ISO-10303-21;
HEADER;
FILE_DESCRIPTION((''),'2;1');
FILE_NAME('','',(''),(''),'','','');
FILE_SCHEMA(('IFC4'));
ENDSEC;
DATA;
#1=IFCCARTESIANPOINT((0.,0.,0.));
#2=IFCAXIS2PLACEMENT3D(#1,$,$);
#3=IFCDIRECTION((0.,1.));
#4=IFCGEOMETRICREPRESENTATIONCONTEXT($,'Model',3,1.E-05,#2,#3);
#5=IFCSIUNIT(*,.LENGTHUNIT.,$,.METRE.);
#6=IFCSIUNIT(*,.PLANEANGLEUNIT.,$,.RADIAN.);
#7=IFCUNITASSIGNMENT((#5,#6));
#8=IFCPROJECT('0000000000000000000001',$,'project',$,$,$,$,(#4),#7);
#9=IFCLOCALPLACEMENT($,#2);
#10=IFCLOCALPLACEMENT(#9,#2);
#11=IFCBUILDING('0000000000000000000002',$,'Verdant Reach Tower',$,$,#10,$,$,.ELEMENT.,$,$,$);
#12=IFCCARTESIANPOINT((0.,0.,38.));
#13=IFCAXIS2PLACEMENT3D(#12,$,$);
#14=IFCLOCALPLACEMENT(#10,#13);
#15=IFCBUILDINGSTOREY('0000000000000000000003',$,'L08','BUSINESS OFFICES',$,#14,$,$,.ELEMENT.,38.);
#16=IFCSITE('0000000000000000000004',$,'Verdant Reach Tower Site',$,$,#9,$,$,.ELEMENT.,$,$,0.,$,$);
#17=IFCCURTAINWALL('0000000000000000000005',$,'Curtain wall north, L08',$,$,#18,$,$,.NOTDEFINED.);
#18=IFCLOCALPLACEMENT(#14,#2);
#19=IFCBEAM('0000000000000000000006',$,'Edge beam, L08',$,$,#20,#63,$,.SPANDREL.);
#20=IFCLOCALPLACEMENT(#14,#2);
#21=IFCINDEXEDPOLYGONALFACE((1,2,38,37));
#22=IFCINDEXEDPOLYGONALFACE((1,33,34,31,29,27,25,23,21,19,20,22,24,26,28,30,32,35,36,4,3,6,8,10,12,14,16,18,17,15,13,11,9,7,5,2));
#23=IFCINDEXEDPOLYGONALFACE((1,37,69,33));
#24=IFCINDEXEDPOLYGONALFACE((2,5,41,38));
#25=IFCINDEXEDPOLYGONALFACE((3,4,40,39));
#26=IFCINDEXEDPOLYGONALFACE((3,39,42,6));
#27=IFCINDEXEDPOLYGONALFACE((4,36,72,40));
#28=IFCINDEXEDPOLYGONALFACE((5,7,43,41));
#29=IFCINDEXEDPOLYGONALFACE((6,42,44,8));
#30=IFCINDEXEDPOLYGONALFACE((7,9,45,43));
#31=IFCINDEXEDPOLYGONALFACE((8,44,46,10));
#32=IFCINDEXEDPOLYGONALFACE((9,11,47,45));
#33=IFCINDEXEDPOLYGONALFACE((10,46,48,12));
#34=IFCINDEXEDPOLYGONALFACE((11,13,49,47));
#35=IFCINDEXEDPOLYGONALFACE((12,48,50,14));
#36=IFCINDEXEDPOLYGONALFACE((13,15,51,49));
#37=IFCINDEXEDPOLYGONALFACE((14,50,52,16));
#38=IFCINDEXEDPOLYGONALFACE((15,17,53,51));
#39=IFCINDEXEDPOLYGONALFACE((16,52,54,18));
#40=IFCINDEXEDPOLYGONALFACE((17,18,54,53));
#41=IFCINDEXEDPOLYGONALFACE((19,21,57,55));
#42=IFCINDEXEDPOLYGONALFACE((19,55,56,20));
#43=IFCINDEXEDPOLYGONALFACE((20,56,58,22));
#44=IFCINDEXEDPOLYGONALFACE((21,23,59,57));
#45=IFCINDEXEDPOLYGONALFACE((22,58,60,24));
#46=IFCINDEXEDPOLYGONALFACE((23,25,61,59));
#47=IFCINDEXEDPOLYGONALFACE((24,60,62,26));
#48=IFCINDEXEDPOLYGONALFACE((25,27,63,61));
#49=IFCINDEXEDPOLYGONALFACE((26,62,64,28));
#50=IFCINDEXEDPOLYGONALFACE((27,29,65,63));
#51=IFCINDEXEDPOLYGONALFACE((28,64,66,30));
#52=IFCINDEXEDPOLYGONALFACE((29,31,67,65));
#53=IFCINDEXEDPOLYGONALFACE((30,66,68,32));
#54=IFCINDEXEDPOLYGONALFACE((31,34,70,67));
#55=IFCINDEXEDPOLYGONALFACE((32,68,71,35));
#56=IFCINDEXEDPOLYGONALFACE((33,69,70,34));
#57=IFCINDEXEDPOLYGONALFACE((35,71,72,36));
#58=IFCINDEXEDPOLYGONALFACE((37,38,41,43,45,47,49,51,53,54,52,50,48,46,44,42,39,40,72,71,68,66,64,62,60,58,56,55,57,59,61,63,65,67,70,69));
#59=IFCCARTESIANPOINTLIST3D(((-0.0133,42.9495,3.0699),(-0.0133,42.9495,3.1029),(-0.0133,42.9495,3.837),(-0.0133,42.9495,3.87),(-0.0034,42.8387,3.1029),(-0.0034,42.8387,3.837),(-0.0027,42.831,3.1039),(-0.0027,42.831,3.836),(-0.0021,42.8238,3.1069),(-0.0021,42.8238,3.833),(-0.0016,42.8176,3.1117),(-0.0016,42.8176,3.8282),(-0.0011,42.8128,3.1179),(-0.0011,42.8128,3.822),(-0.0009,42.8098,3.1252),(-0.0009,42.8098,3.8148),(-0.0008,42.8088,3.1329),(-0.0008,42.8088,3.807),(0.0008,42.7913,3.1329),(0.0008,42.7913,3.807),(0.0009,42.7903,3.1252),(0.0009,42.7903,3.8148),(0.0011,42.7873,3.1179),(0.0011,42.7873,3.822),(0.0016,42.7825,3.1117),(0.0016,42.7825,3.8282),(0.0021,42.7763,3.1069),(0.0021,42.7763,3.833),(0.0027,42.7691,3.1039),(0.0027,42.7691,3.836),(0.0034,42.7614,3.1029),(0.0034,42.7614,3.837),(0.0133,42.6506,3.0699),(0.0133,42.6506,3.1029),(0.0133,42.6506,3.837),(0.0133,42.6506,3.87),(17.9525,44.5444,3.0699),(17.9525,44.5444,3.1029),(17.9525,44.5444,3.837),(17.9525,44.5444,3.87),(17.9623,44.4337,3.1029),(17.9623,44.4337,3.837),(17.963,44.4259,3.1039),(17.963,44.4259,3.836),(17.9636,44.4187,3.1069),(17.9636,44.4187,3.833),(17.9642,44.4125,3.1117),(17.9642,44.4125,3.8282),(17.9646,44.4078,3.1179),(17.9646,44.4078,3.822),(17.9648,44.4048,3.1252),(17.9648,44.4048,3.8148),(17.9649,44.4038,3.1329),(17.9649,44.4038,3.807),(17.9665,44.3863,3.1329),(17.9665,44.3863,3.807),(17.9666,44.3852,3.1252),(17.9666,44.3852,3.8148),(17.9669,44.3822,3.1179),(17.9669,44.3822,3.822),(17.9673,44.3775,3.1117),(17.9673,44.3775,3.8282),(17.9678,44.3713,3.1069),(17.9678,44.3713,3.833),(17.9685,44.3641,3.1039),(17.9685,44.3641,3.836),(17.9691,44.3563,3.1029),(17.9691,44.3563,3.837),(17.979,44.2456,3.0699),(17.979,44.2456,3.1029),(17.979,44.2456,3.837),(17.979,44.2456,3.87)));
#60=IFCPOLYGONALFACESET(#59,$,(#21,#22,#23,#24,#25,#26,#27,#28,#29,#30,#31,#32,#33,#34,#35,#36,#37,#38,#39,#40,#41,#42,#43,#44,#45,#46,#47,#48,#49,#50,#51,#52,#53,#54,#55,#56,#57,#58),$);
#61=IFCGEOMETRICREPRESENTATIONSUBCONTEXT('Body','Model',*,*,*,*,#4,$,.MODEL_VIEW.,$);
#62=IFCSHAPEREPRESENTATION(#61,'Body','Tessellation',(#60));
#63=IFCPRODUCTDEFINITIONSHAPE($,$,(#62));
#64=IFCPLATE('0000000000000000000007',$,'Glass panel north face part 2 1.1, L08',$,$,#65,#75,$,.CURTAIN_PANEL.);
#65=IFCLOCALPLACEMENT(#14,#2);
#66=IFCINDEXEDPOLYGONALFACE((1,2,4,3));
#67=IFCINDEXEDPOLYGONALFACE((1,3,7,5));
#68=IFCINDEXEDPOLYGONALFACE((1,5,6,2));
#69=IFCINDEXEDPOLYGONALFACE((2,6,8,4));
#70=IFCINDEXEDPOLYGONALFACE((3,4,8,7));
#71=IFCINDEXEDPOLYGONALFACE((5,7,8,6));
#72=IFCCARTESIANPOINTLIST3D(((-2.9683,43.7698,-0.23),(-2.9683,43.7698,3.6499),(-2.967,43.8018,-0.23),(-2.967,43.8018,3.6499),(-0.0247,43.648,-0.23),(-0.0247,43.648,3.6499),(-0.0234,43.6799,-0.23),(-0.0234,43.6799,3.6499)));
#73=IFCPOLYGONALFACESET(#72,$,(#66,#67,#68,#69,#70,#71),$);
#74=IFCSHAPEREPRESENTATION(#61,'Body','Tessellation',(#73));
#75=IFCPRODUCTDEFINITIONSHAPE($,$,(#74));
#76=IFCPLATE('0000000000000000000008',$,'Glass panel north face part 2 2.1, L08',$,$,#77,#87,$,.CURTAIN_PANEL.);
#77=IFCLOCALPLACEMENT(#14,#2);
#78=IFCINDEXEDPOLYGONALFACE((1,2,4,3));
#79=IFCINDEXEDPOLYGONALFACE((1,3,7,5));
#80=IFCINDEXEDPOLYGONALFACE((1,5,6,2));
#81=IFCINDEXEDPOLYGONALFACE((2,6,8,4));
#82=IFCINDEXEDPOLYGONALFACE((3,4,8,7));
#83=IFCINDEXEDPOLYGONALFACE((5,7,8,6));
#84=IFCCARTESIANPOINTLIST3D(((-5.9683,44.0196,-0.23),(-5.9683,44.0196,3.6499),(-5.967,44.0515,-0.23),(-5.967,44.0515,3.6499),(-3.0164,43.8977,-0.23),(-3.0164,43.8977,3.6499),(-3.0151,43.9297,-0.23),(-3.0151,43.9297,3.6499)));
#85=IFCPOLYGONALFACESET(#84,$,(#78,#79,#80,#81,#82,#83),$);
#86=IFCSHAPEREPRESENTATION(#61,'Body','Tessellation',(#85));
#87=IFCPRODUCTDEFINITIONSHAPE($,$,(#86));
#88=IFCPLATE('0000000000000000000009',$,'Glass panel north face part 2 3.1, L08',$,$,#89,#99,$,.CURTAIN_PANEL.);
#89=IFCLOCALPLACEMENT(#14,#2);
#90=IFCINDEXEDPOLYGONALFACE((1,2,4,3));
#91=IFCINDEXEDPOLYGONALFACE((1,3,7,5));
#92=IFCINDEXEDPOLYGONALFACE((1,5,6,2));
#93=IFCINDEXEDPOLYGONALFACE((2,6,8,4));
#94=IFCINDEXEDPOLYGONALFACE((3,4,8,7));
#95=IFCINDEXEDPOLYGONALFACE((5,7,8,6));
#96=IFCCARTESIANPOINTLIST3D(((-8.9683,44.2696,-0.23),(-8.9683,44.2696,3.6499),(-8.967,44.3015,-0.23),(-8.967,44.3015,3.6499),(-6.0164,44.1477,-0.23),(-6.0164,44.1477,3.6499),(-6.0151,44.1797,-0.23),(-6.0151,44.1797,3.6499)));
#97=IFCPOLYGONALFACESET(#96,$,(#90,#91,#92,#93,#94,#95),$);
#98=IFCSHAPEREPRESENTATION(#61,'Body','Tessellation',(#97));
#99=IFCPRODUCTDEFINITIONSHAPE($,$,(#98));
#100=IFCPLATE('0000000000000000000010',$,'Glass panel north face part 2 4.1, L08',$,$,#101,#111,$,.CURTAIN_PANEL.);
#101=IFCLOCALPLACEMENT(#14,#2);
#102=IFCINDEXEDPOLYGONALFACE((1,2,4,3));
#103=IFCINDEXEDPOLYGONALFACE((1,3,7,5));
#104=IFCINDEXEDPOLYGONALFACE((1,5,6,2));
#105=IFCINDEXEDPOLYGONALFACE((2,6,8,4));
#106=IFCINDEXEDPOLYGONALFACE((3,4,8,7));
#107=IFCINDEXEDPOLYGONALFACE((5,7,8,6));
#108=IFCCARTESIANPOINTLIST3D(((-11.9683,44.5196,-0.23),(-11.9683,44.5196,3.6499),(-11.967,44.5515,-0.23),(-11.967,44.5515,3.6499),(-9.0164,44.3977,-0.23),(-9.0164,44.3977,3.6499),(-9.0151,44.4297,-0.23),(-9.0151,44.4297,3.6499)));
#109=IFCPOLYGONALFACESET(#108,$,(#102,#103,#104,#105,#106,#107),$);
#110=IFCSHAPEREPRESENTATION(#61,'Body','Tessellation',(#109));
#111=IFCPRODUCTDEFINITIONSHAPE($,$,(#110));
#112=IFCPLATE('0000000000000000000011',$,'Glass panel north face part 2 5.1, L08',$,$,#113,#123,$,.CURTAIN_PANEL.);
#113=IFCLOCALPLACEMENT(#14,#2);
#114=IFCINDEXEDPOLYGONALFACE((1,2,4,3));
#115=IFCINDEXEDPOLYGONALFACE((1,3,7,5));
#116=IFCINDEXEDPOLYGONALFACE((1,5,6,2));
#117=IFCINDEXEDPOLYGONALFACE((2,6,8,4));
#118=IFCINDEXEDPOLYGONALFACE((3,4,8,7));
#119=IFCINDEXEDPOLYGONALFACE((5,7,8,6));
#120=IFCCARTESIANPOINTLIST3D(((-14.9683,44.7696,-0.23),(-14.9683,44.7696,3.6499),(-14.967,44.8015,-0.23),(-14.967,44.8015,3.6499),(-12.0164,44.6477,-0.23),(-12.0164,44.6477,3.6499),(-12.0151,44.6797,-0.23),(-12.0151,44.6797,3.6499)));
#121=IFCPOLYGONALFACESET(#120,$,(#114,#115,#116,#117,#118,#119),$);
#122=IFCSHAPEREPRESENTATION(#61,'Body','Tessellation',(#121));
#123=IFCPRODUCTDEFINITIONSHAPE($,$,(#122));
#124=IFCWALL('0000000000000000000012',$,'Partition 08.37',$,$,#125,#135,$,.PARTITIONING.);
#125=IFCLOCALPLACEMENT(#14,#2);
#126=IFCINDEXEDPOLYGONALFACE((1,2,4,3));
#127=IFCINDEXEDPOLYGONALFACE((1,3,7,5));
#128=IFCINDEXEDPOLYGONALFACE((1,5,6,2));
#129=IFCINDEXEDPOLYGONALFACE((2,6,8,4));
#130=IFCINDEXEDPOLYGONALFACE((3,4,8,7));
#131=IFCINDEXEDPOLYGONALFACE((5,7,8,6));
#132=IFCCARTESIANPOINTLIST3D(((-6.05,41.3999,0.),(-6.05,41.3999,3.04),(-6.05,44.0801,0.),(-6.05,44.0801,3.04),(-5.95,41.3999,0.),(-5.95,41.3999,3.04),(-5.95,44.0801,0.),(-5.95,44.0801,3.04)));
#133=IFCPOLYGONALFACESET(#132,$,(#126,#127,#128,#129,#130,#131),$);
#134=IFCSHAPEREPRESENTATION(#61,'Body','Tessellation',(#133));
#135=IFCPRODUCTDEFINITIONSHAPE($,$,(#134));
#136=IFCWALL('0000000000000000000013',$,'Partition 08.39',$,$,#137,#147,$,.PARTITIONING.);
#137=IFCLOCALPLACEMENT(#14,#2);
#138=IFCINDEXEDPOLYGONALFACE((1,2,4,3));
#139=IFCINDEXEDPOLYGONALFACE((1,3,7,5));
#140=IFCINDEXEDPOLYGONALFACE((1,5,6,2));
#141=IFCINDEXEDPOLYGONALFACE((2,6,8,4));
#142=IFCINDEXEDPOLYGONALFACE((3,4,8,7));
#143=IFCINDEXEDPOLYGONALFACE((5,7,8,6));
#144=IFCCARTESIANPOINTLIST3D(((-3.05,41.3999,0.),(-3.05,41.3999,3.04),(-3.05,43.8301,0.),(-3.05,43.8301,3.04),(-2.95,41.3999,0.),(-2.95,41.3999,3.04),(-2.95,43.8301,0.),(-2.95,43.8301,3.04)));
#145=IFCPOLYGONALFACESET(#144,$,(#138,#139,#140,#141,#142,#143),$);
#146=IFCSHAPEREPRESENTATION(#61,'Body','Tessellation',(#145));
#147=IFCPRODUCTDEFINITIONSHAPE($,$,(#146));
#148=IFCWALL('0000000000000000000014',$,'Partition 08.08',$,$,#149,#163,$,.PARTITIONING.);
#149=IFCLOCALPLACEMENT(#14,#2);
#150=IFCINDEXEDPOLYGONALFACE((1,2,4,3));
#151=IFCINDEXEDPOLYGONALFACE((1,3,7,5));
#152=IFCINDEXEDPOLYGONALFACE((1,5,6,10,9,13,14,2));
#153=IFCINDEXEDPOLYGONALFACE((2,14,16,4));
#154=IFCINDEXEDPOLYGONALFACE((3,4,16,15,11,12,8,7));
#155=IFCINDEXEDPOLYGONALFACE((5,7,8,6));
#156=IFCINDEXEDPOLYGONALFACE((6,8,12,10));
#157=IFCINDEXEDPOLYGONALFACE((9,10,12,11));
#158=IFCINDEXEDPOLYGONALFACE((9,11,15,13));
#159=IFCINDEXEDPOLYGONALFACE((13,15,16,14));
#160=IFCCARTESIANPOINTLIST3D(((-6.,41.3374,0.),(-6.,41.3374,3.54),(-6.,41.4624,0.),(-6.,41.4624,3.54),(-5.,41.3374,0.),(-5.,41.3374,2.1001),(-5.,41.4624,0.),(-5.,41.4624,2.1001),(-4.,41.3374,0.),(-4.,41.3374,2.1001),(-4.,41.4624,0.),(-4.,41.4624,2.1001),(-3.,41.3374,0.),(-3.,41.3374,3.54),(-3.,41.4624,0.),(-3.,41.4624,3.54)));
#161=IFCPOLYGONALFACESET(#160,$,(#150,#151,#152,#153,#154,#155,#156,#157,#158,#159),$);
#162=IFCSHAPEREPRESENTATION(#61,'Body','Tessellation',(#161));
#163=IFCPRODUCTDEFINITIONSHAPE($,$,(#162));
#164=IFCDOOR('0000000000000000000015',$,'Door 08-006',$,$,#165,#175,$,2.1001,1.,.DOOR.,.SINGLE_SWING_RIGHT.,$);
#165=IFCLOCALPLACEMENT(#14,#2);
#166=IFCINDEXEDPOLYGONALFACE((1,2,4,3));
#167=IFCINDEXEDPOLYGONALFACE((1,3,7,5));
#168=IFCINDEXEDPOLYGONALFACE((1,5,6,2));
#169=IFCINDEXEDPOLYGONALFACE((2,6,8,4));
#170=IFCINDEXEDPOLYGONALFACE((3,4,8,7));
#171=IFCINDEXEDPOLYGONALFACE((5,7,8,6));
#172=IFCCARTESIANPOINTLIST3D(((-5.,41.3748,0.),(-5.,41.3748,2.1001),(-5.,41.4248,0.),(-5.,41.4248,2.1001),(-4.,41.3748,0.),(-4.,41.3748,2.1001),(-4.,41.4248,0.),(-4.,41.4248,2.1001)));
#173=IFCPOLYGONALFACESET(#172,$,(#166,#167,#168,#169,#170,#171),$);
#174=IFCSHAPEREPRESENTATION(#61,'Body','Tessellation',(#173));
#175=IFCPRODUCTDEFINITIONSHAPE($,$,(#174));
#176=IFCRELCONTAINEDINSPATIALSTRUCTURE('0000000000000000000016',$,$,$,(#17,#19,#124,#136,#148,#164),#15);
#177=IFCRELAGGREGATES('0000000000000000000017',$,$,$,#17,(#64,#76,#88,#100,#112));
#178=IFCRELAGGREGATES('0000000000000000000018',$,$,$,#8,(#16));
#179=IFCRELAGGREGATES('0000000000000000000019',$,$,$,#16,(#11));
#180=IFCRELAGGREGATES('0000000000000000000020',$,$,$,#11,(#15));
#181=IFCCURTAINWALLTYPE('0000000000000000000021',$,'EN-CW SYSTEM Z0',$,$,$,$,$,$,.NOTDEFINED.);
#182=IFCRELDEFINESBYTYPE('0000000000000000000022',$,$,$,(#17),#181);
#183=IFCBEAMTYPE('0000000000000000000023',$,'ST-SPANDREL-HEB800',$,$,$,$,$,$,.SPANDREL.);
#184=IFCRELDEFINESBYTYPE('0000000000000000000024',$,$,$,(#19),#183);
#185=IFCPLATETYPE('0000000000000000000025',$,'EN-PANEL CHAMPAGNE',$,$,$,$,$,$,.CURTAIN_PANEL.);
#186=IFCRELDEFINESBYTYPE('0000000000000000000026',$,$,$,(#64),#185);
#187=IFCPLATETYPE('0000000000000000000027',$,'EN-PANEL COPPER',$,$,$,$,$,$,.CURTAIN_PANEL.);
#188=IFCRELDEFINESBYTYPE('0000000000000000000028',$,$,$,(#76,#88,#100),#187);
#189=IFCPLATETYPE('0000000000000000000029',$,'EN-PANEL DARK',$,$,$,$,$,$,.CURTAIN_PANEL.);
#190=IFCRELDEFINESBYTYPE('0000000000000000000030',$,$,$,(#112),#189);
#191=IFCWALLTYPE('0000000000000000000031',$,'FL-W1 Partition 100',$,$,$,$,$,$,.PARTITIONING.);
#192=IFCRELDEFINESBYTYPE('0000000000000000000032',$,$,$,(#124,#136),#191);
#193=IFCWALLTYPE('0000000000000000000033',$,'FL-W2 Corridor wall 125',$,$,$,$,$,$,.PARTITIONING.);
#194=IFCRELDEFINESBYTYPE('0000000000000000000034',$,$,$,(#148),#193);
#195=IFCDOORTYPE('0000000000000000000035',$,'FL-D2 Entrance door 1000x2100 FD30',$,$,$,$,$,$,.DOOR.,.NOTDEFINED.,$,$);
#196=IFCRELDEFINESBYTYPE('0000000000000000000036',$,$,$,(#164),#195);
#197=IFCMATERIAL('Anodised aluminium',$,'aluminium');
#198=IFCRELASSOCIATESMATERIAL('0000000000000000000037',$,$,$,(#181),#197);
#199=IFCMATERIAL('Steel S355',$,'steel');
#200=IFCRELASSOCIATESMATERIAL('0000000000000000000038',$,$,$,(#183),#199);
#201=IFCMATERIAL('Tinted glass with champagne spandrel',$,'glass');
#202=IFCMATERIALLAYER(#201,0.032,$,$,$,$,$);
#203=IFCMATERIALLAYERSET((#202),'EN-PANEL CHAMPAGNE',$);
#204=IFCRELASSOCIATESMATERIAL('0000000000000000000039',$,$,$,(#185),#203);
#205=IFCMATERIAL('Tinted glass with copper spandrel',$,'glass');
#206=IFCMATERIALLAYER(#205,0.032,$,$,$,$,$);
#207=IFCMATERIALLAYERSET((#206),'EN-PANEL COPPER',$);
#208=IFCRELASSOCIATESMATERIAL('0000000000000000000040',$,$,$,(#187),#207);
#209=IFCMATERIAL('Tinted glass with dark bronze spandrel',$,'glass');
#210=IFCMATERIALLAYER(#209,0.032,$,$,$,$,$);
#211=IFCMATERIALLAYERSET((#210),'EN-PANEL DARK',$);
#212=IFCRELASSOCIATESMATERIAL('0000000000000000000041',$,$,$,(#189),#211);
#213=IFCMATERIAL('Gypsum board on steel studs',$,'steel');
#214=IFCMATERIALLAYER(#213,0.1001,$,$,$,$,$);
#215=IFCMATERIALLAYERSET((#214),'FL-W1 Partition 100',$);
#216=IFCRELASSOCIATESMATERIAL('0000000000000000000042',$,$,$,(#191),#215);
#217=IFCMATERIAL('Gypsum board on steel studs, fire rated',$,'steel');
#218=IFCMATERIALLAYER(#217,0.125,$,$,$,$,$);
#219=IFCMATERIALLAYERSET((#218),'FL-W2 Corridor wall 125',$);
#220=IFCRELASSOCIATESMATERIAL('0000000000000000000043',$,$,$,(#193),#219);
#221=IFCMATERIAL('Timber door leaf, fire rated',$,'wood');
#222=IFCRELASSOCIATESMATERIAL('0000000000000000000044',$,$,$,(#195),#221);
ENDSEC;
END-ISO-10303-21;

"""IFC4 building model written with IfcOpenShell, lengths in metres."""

from ifc_helpers import new_model, si_unit, direction, frame, frame_2d, origin, origin_2d, place, context, subcontext, project, spatial, rectangle, i_section, extrude, material, layer, layer_set, material_profile, profile_set, type_object, element, fill, aggregate, save


model = new_model("IFC4")

# Units and contexts
model_context = context("Model", 3, precision=1e-05, world=origin(), true_north=direction((0.0, 1.0)))
body_context = subcontext(model_context, "Body", "Model", "MODEL_VIEW")
ifc_project = project(units=[si_unit("LENGTHUNIT", "METRE"), si_unit("PLANEANGLEUNIT", "RADIAN")], contexts=[model_context])

# Site, building, storey
site_placement = place(None, origin())
site = spatial("IfcSite", under=ifc_project, at=site_placement, Name="Verdant Reach Tower Site", CompositionType="ELEMENT", RefElevation=0.0)
building_placement = place(site_placement, origin())
building = spatial("IfcBuilding", under=site, at=building_placement, Name="Verdant Reach Tower", CompositionType="ELEMENT")
storey_placement = place(building_placement, frame((0.0, 0.0, 38.0)))
storey = spatial("IfcBuildingStorey", under=building, at=storey_placement, Name="L08", Description="BUSINESS OFFICES", CompositionType="ELEMENT", Elevation=38.0)

# Curtain wall
ifc_material_1 = material(Name="Anodised aluminium", Category="aluminium")
curtain_wall_type = type_object("IfcCurtainWallType", Name="EN-CW SYSTEM Z0", PredefinedType="NOTDEFINED", material=ifc_material_1)
curtain_wall_placement = place(storey_placement, origin())
curtain_wall = element("IfcCurtainWall", 1, at=curtain_wall_placement, inside=storey, type_object=curtain_wall_type, Name="Curtain wall north, L08", PredefinedType="NOTDEFINED")

# Beam
ifc_material_2 = material(Name="Steel S355", Category="steel")
ifc_material_profile_1 = material_profile(ifc_material_2, i_section(OverallWidth=0.3, OverallDepth=0.8, WebThickness=0.0176, FlangeThickness=0.033, FilletRadius=0.03, at=origin_2d()), Name="HEB 800")
ifc_profile_set_1 = profile_set([ifc_material_profile_1], Name="Steel S355")
beam_type_1 = type_object("IfcBeamType", Name="ST-SPANDREL-HEB800", PredefinedType="SPANDREL", material=ifc_profile_set_1)
beam_1_placement = place(storey_placement, frame((0.0, 42.8, 3.47), z_axis=(0.996082, 0.08843, 0.0), x_axis=(-0.08843, 0.996082, 0.0)))
element("IfcBeam", 2, at=beam_1_placement, inside=storey, type_object=beam_type_1, Name="Edge beam, L08", PredefinedType="SPANDREL", context=body_context, shape_type="SweptSolid", body=[
    extrude(i_section(OverallWidth=0.3, OverallDepth=0.8, WebThickness=0.0176, FlangeThickness=0.033, FilletRadius=0.03, at=origin_2d()), origin(), (0.0, 0.0, 1.0), 18.0364),
])

# Plates
ifc_material_3 = material(Name="Tinted glass with champagne spandrel", Category="glass")
ifc_layer_1 = layer(ifc_material_3, 0.032)
ifc_layer_set_1 = layer_set([ifc_layer_1], Name="EN-PANEL CHAMPAGNE")
plate_type_1 = type_object("IfcPlateType", Name="EN-PANEL CHAMPAGNE", PredefinedType="CURTAIN_PANEL", material=ifc_layer_set_1)
plate_1_placement = place(storey_placement, frame((-1.4958, 43.7249, -0.23), z_axis=(0.0, 0.0, 1.0), x_axis=(-0.999144, 0.041357, 0.0)))
plate_1 = element("IfcPlate", 3, at=plate_1_placement, type_object=plate_type_1, Name="Glass panel north face part 2 1.1, L08", PredefinedType="CURTAIN_PANEL", context=body_context, shape_type="SweptSolid", body=[
    extrude(rectangle(XDim=2.946, YDim=0.032, at=origin_2d()), origin(), (0.0, 0.0, 1.0), 3.8799),
])
ifc_material_4 = material(Name="Tinted glass with copper spandrel", Category="glass")
ifc_layer_2 = layer(ifc_material_4, 0.032)
ifc_layer_set_2 = layer_set([ifc_layer_2], Name="EN-PANEL COPPER")
plate_type_2 = type_object("IfcPlateType", Name="EN-PANEL COPPER", PredefinedType="CURTAIN_PANEL", material=ifc_layer_set_2)
plate_2_placement = place(storey_placement, frame((-4.4917, 43.9746, -0.23), z_axis=(0.0, 0.0, 1.0), x_axis=(-0.999149, 0.041242, 0.0)))
plate_2 = element("IfcPlate", 4, at=plate_2_placement, type_object=plate_type_2, Name="Glass panel north face part 2 2.1, L08", PredefinedType="CURTAIN_PANEL", context=body_context, shape_type="SweptSolid", body=[
    extrude(rectangle(XDim=2.9543, YDim=0.032, at=origin_2d()), origin(), (0.0, 0.0, 1.0), 3.8799),
])
plate_3_placement = place(storey_placement, frame((-7.4917, 44.2246, -0.23), z_axis=(0.0, 0.0, 1.0), x_axis=(-0.999149, 0.041242, 0.0)))
plate_3 = element("IfcPlate", 5, at=plate_3_placement, type_object=plate_type_2, Name="Glass panel north face part 2 3.1, L08", PredefinedType="CURTAIN_PANEL", context=body_context, shape_type="SweptSolid", body=[
    extrude(rectangle(XDim=2.9543, YDim=0.032, at=origin_2d()), origin(), (0.0, 0.0, 1.0), 3.8799),
])
plate_4_placement = place(storey_placement, frame((-10.4917, 44.4746, -0.23), z_axis=(0.0, 0.0, 1.0), x_axis=(-0.999149, 0.041242, 0.0)))
plate_4 = element("IfcPlate", 6, at=plate_4_placement, type_object=plate_type_2, Name="Glass panel north face part 2 4.1, L08", PredefinedType="CURTAIN_PANEL", context=body_context, shape_type="SweptSolid", body=[
    extrude(rectangle(XDim=2.9543, YDim=0.032, at=origin_2d()), origin(), (0.0, 0.0, 1.0), 3.8799),
])
ifc_material_5 = material(Name="Tinted glass with dark bronze spandrel", Category="glass")
ifc_layer_3 = layer(ifc_material_5, 0.032)
ifc_layer_set_3 = layer_set([ifc_layer_3], Name="EN-PANEL DARK")
plate_type_3 = type_object("IfcPlateType", Name="EN-PANEL DARK", PredefinedType="CURTAIN_PANEL", material=ifc_layer_set_3)
plate_5_placement = place(storey_placement, frame((-13.4917, 44.7246, -0.23), z_axis=(0.0, 0.0, 1.0), x_axis=(-0.999149, 0.041242, 0.0)))
plate_5 = element("IfcPlate", 7, at=plate_5_placement, type_object=plate_type_3, Name="Glass panel north face part 2 5.1, L08", PredefinedType="CURTAIN_PANEL", context=body_context, shape_type="SweptSolid", body=[
    extrude(rectangle(XDim=2.9543, YDim=0.032, at=origin_2d()), origin(), (0.0, 0.0, 1.0), 3.8799),
])
aggregate(curtain_wall, [plate_1, plate_2, plate_3, plate_4, plate_5])

# Walls
ifc_material_6 = material(Name="Gypsum board on steel studs", Category="steel")
ifc_layer_4 = layer(ifc_material_6, 0.1001)
ifc_layer_set_4 = layer_set([ifc_layer_4], Name="FL-W1 Partition 100")
wall_type_1 = type_object("IfcWallType", Name="FL-W1 Partition 100", PredefinedType="PARTITIONING", material=ifc_layer_set_4)
wall_1_placement = place(storey_placement, frame((-6.0, 41.3999, 0.0), z_axis=(0.0, 0.0, 1.0), x_axis=(0.0, 1.0, 0.0)))
element("IfcWall", 8, at=wall_1_placement, inside=storey, type_object=wall_type_1, Name="Partition 08.37", PredefinedType="PARTITIONING", context=body_context, shape_type="SweptSolid", body=[
    extrude(rectangle(XDim=2.6802, YDim=0.1001, at=frame_2d((1.3401, 0.0))), origin(), (0.0, 0.0, 1.0), 3.04),
])
wall_2_placement = place(storey_placement, frame((-3.0, 41.3999, 0.0), z_axis=(0.0, 0.0, 1.0), x_axis=(0.0, 1.0, 0.0)))
element("IfcWall", 9, at=wall_2_placement, inside=storey, type_object=wall_type_1, Name="Partition 08.39", PredefinedType="PARTITIONING", context=body_context, shape_type="SweptSolid", body=[
    extrude(rectangle(XDim=2.4302, YDim=0.1001, at=frame_2d((1.2151, 0.0))), origin(), (0.0, 0.0, 1.0), 3.04),
])

# Wall, opening, door
ifc_material_7 = material(Name="Gypsum board on steel studs, fire rated", Category="steel")
ifc_layer_5 = layer(ifc_material_7, 0.125)
ifc_layer_set_5 = layer_set([ifc_layer_5], Name="FL-W2 Corridor wall 125")
wall_type_2 = type_object("IfcWallType", Name="FL-W2 Corridor wall 125", PredefinedType="PARTITIONING", material=ifc_layer_set_5)
wall_3_placement = place(storey_placement, frame((-6.0, 41.3999, 0.0), z_axis=(0.0, 0.0, 1.0), x_axis=(1.0, 0.0, 0.0)))
wall_3 = element("IfcWall", 10, at=wall_3_placement, inside=storey, type_object=wall_type_2, Name="Partition 08.08", PredefinedType="PARTITIONING", context=body_context, shape_type="SweptSolid", body=[
    extrude(rectangle(XDim=3.0, YDim=0.125, at=frame_2d((1.5, 0.0))), origin(), (0.0, 0.0, 1.0), 3.54),
])
opening_1_placement = place(wall_3_placement, frame((1.0, 0.0, 0.0)))
opening_1 = element("IfcOpeningElement", 11, at=opening_1_placement, cuts=wall_3, PredefinedType="OPENING", context=body_context, shape_type="SweptSolid", body=[
    extrude(rectangle(XDim=1.0, YDim=2.1001, at=frame_2d((0.5, 1.05))), frame((0.0, 0.0725, 0.0), z_axis=(0.0, -1.0, 0.0), x_axis=(1.0, 0.0, 0.0)), (0.0, 0.0, 1.0), 0.145),
])
ifc_material_8 = material(Name="Timber door leaf, fire rated", Category="wood")
door_type_1 = type_object("IfcDoorType", Name="FL-D2 Entrance door 1000x2100 FD30", OperationType="NOTDEFINED", PredefinedType="DOOR", material=ifc_material_8)
door_1_placement = place(opening_1_placement, origin())
door_1 = element("IfcDoor", 12, at=door_1_placement, inside=storey, type_object=door_type_1, Name="Door 08-006", OperationType="SINGLE_SWING_RIGHT", OverallHeight=2.1001, OverallWidth=1.0, PredefinedType="DOOR", context=body_context, shape_type="SweptSolid", body=[
    extrude(rectangle(XDim=1.0, YDim=2.1001, at=frame_2d((0.5, 1.05))), frame((0.0, 0.0249, 0.0), z_axis=(0.0, -1.0, 0.0), x_axis=(1.0, 0.0, 0.0)), (0.0, 0.0, 1.0), 0.05),
])
fill(opening_1, door_1)

save(model, "model.ifc")
